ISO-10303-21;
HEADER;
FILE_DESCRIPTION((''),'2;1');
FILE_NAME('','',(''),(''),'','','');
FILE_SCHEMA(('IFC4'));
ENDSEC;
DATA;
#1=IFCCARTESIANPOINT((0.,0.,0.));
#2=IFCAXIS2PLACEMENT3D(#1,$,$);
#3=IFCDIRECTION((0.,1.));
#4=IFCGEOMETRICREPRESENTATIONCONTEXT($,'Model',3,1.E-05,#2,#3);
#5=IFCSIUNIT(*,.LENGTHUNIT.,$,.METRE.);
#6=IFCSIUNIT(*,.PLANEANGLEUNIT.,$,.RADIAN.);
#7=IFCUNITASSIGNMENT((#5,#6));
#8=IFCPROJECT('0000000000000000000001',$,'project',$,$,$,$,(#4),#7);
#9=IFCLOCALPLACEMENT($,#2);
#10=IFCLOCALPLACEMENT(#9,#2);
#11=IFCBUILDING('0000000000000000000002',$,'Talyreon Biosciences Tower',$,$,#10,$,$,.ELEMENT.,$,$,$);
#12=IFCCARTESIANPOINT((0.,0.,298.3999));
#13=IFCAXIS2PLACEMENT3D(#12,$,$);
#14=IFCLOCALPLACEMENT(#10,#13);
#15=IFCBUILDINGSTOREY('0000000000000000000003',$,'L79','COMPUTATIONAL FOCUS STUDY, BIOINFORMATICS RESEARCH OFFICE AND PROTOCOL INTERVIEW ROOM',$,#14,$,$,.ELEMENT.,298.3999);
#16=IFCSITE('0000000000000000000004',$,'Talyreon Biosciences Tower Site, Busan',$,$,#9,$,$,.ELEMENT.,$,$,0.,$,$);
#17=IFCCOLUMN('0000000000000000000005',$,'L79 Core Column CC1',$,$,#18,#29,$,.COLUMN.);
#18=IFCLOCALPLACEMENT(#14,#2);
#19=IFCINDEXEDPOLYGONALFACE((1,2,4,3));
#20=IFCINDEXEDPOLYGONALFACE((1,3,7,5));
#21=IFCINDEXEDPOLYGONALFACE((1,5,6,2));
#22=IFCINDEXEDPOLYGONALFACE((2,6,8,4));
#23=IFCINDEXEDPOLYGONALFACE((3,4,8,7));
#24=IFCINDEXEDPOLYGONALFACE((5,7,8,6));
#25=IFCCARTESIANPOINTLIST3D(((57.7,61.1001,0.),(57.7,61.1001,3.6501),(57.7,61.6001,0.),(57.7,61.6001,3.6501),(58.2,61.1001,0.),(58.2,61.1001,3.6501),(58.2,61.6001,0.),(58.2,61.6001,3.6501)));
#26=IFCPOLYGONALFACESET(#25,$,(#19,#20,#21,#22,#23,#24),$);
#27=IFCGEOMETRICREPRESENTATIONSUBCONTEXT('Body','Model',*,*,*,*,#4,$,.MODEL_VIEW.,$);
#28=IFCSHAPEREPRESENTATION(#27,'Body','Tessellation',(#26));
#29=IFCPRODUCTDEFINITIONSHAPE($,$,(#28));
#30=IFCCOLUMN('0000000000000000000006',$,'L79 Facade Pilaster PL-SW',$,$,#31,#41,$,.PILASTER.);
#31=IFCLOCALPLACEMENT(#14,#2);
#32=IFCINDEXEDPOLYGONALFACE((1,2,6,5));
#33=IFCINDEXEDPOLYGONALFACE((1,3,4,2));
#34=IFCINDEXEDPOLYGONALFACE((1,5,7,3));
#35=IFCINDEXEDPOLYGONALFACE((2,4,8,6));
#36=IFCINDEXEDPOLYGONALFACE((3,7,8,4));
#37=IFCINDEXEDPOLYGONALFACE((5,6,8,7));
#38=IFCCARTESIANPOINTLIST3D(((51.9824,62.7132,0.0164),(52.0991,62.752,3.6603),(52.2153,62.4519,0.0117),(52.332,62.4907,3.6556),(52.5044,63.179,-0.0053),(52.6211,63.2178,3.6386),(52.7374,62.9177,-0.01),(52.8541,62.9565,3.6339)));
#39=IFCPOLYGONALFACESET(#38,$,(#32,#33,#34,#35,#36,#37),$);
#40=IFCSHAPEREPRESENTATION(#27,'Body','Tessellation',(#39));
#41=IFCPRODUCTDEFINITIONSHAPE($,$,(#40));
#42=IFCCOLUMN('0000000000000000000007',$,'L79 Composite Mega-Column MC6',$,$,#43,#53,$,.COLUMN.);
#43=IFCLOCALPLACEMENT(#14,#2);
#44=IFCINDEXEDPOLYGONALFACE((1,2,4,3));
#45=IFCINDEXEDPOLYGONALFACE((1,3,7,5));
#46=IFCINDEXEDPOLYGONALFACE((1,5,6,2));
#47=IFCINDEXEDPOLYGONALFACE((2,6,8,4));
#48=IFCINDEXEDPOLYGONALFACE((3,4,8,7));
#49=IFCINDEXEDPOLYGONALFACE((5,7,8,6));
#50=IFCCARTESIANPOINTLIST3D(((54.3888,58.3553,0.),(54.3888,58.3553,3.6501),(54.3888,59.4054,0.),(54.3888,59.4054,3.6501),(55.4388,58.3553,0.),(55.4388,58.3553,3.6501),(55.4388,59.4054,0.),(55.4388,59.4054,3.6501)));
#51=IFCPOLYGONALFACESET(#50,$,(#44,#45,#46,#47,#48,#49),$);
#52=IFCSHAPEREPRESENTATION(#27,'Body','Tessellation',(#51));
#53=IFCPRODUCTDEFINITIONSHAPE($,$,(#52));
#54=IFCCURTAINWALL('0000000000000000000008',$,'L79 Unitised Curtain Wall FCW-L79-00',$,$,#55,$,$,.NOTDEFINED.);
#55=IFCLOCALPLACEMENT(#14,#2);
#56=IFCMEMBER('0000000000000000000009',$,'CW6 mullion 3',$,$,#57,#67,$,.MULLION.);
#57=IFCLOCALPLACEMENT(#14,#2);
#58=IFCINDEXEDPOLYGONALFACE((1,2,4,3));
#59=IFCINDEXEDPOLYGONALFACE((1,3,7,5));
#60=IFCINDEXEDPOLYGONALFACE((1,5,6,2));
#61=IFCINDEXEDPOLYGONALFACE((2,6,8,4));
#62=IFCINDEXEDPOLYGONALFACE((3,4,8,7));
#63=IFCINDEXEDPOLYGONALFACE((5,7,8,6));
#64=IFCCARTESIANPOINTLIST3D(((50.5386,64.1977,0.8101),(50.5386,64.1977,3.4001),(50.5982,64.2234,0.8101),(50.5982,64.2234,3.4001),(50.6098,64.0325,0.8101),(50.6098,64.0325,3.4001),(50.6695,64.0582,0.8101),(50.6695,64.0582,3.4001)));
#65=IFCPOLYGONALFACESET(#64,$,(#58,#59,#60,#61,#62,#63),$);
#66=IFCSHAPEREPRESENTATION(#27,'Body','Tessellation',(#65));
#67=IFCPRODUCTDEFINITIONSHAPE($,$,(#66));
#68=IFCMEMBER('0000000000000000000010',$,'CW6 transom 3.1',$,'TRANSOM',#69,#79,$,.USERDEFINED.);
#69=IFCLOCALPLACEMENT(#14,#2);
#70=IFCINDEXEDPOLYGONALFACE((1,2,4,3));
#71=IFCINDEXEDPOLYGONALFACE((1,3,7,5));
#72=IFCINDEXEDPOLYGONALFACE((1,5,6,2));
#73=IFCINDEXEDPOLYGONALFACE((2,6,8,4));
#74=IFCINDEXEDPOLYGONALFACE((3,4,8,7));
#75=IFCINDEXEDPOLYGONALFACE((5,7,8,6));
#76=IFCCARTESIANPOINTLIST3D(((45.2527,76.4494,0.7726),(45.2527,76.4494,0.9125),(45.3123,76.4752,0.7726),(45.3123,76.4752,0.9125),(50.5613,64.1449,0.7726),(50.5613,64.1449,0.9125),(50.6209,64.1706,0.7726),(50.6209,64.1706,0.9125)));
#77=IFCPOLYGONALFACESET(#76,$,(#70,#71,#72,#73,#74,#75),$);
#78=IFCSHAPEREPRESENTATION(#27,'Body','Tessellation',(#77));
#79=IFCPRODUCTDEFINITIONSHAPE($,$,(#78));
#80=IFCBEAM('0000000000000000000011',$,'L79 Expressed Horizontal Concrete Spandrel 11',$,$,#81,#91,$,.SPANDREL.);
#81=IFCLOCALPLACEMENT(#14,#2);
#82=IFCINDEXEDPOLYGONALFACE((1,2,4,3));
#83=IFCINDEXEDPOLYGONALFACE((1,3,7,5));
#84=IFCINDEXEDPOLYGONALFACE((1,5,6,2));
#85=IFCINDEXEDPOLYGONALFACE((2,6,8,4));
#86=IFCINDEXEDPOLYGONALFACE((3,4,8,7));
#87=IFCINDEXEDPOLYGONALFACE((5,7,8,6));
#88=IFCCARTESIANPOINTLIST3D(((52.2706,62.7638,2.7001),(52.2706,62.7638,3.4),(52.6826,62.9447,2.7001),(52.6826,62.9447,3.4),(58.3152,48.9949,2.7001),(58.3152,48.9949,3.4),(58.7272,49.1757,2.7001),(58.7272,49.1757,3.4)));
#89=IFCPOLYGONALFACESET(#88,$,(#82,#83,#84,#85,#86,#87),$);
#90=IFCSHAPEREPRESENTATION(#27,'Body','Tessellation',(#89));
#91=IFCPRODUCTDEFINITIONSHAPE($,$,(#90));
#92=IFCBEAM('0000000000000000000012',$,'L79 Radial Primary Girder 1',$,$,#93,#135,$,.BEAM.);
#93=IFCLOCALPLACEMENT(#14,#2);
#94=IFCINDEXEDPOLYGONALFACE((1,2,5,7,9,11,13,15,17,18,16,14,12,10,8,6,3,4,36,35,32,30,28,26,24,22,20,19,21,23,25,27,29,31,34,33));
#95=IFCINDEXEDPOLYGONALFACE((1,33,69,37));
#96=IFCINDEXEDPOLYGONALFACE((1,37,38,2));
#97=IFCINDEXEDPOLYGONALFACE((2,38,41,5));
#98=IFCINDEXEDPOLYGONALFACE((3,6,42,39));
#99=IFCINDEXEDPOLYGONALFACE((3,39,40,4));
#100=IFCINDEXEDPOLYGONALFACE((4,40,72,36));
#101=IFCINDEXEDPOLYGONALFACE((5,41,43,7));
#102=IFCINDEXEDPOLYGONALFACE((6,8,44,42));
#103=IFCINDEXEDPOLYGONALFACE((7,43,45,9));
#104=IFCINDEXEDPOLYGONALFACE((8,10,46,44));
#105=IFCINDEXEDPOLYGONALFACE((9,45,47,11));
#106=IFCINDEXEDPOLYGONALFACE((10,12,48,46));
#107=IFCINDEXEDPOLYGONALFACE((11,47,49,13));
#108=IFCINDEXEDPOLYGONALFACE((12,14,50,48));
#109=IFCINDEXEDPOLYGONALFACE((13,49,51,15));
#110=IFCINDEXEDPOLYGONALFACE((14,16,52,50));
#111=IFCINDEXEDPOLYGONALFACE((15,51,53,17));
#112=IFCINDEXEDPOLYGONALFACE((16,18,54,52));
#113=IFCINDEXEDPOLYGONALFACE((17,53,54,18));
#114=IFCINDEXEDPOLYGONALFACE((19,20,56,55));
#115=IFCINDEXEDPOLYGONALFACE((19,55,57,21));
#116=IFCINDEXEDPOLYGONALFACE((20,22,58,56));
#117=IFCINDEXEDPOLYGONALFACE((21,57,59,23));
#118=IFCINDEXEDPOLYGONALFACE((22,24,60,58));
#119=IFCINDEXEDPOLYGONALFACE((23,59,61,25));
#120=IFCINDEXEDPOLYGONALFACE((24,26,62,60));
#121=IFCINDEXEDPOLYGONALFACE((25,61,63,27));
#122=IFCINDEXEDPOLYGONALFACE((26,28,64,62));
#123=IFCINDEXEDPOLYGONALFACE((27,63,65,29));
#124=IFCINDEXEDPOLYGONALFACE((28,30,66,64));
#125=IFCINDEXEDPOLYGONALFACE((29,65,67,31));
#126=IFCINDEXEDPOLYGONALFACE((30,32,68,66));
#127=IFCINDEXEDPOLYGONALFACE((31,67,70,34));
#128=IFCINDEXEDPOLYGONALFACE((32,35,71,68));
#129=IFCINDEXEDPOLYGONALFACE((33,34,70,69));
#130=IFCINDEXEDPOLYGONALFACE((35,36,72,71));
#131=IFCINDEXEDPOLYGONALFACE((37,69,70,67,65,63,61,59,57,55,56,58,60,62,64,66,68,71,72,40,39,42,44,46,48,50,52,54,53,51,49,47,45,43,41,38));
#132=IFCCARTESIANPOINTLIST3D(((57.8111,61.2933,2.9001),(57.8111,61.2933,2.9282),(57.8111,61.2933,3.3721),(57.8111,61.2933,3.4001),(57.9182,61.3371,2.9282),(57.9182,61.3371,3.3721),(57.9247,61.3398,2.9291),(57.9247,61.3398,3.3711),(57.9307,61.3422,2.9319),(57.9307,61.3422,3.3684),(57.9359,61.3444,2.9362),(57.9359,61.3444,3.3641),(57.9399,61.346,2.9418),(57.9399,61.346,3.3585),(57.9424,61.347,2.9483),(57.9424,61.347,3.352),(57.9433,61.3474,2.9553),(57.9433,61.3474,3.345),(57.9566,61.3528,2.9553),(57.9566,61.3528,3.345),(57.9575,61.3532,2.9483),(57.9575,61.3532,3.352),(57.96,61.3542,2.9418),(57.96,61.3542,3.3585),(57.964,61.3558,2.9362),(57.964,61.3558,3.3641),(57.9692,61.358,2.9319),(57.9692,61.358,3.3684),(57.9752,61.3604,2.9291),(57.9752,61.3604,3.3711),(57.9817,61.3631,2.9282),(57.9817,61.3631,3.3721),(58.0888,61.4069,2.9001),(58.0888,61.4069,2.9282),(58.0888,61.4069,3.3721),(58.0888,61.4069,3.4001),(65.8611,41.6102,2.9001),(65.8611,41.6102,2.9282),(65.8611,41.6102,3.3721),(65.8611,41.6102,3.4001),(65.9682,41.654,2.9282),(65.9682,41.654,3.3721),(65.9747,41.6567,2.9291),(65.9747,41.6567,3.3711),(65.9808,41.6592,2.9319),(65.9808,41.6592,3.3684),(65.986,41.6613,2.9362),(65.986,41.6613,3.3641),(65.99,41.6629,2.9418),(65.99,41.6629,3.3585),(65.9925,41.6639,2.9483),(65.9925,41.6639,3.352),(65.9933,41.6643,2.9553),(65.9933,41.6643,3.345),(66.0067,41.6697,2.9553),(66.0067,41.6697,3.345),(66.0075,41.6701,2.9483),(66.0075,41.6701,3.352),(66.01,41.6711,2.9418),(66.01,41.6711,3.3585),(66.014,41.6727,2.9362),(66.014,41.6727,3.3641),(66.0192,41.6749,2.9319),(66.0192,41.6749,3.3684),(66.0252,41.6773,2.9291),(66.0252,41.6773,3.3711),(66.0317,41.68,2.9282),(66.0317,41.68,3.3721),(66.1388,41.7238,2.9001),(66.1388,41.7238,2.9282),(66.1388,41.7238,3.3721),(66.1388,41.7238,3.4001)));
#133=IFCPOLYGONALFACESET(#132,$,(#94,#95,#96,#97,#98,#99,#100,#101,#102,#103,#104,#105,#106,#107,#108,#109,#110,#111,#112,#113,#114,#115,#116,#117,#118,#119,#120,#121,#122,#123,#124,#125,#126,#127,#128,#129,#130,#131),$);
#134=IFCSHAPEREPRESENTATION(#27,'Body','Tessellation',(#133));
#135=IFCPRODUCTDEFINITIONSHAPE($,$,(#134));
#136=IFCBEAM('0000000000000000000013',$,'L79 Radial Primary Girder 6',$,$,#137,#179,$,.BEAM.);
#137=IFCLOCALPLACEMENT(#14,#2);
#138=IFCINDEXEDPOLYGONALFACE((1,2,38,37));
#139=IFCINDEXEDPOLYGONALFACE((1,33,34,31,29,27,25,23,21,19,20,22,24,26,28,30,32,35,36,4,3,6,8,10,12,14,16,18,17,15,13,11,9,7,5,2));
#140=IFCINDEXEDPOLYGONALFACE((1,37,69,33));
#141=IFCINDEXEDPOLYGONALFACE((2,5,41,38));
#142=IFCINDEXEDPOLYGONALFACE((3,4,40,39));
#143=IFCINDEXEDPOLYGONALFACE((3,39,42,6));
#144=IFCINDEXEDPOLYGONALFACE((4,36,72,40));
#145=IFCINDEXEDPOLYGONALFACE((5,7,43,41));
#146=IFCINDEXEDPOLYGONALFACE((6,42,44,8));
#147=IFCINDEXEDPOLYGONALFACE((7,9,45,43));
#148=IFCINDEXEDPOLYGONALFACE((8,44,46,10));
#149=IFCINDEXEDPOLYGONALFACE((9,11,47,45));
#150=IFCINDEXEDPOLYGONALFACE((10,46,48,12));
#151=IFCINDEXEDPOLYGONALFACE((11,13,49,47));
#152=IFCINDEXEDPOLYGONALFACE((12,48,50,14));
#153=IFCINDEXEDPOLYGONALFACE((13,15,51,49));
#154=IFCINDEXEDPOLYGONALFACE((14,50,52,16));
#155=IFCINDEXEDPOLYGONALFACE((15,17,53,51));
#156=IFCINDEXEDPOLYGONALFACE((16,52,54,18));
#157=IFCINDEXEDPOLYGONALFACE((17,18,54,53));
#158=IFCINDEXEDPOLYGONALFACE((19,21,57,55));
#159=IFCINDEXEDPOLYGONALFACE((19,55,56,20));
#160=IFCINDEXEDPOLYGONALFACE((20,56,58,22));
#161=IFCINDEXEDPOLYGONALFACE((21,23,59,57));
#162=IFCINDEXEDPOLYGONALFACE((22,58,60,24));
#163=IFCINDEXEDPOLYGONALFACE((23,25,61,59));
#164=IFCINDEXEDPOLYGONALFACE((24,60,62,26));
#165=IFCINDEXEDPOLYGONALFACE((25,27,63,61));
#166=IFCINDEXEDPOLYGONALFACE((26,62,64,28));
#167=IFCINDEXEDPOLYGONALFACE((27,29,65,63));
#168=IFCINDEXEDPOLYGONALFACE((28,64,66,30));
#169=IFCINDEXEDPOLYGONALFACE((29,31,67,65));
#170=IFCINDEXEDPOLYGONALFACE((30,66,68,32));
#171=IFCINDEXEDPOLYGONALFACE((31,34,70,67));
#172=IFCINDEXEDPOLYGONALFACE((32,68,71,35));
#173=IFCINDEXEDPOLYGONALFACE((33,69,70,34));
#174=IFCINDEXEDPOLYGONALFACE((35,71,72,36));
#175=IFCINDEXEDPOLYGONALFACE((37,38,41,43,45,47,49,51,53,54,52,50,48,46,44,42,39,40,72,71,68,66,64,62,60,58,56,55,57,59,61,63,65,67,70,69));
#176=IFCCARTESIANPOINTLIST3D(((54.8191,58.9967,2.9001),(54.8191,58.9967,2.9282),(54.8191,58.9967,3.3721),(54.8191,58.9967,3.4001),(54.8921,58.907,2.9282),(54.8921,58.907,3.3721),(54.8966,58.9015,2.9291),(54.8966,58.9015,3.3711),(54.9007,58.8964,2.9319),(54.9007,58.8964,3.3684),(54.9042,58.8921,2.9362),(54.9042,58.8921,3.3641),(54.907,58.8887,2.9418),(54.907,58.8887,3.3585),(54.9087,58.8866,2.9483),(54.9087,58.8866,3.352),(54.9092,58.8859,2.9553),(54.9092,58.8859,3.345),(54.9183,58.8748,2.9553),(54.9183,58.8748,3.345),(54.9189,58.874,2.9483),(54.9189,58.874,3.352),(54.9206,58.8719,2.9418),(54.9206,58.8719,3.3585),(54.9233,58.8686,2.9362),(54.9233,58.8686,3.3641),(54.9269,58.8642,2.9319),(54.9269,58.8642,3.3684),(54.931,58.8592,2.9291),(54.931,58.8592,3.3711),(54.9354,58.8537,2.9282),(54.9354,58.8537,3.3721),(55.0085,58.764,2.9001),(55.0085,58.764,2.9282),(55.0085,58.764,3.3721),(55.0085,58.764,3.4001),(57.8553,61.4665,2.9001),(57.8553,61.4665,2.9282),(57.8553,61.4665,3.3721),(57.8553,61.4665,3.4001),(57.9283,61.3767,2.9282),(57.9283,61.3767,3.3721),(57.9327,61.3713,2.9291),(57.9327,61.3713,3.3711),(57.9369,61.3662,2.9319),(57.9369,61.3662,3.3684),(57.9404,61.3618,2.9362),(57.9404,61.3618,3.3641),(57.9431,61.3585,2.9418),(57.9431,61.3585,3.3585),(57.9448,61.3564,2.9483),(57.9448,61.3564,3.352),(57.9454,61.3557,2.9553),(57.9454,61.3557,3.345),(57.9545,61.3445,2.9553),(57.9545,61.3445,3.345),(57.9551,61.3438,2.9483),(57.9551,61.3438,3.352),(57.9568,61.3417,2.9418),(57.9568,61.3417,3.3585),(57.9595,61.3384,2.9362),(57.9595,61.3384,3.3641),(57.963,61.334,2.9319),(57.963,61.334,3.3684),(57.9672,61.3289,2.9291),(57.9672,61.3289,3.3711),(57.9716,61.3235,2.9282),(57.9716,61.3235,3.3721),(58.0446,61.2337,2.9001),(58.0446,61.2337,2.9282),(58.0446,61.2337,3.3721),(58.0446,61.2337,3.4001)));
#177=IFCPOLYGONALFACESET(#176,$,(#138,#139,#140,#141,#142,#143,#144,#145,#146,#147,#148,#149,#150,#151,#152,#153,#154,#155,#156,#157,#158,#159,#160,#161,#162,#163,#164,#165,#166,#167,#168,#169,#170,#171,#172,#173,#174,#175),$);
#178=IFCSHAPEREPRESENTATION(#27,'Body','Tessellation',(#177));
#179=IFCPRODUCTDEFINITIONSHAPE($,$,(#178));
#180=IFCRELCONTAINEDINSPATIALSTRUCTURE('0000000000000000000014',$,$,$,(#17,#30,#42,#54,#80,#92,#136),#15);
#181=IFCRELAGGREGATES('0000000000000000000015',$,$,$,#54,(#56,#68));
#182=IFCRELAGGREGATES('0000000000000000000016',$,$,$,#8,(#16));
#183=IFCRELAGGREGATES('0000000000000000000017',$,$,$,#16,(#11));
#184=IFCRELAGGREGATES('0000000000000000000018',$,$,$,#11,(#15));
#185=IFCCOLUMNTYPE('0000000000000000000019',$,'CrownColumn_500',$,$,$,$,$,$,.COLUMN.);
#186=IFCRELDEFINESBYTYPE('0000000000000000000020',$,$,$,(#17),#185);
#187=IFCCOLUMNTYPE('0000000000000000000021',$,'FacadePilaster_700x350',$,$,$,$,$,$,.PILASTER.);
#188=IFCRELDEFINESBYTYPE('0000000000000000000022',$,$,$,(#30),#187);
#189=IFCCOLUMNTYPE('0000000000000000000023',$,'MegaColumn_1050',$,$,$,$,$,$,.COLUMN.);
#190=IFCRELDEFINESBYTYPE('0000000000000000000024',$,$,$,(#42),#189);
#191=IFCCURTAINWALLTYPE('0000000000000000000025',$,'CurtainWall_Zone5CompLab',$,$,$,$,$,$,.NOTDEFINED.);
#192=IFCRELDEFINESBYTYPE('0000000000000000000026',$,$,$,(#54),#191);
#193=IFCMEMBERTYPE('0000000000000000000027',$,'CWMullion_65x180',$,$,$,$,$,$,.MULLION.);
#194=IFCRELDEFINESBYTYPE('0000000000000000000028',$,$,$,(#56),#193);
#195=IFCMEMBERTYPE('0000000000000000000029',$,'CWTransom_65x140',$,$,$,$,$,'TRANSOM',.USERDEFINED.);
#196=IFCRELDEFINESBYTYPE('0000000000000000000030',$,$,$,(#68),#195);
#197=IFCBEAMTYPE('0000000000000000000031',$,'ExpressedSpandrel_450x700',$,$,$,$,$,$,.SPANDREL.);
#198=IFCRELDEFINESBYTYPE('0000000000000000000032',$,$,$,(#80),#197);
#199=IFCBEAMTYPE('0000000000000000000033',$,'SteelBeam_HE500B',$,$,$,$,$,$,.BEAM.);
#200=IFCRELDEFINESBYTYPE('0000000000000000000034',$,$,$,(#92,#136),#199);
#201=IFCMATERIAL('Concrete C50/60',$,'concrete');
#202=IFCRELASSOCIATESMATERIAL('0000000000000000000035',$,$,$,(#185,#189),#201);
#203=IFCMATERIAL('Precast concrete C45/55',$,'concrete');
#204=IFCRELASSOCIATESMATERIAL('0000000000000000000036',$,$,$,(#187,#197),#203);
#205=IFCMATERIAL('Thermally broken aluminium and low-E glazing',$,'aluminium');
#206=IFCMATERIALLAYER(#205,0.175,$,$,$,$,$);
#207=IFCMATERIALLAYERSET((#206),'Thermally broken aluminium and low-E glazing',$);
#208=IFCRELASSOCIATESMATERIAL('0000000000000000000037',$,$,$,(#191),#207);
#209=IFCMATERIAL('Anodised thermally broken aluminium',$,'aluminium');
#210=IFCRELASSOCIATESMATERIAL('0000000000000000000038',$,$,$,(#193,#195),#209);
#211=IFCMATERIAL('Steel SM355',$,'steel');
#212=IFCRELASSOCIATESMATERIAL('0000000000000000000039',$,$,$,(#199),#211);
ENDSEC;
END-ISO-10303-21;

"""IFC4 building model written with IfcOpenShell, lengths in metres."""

from ifc_helpers import new_model, si_unit, direction, frame, origin, origin_2d, place, context, subcontext, project, spatial, rectangle, i_section, extrude, material, layer, layer_set, material_profile, profile_set, type_object, element, aggregate, save


model = new_model("IFC4")

# Units and contexts
model_context = context("Model", 3, precision=1e-05, world=origin(), true_north=direction((0.0, 1.0)))
body_context = subcontext(model_context, "Body", "Model", "MODEL_VIEW")
ifc_project = project(units=[si_unit("LENGTHUNIT", "METRE"), si_unit("PLANEANGLEUNIT", "RADIAN")], contexts=[model_context])

# Site, building, storey
site_placement = place(None, origin())
site = spatial("IfcSite", under=ifc_project, at=site_placement, Name="Talyreon Biosciences Tower Site, Busan", CompositionType="ELEMENT", RefElevation=0.0)
building_placement = place(site_placement, origin())
building = spatial("IfcBuilding", under=site, at=building_placement, Name="Talyreon Biosciences Tower", CompositionType="ELEMENT")
storey_placement = place(building_placement, frame((0.0, 0.0, 298.3999)))
storey = spatial("IfcBuildingStorey", under=building, at=storey_placement, Name="L79", Description="COMPUTATIONAL FOCUS STUDY, BIOINFORMATICS RESEARCH OFFICE AND PROTOCOL INTERVIEW ROOM", CompositionType="ELEMENT", Elevation=298.3999)

# Columns
ifc_material_1 = material(Name="Concrete C50/60", Category="concrete")
ifc_material_profile_1 = material_profile(ifc_material_1, rectangle(XDim=0.5, YDim=0.5, at=origin_2d()), Name="RC 500x500")
ifc_profile_set_1 = profile_set([ifc_material_profile_1], Name="Concrete C50/60")
column_type_1 = type_object("IfcColumnType", Name="CrownColumn_500", PredefinedType="COLUMN", material=ifc_profile_set_1)
column_1_placement = place(storey_placement, frame((57.95, 61.3501, 0.0), z_axis=(0.0, 0.0, 1.0), x_axis=(1.0, 0.0, 0.0)))
element("IfcColumn", 1, at=column_1_placement, inside=storey, type_object=column_type_1, Name="L79 Core Column CC1", PredefinedType="COLUMN", context=body_context, shape_type="SweptSolid", body=[
    extrude(rectangle(XDim=0.5, YDim=0.5, at=origin_2d()), origin(), (0.0, 0.0, 1.0), 3.6501),
])
ifc_material_2 = material(Name="Precast concrete C45/55", Category="concrete")
ifc_material_profile_2 = material_profile(ifc_material_2, rectangle(XDim=0.7, YDim=0.3501, at=origin_2d()), Name="RC 700x350")
ifc_profile_set_2 = profile_set([ifc_material_profile_2], Name="Precast concrete C45/55")
column_type_2 = type_object("IfcColumnType", Name="FacadePilaster_700x350", PredefinedType="PILASTER", material=ifc_profile_set_2)
column_2_placement = place(storey_placement, frame((52.3599, 62.8154, 0.0032), z_axis=(0.032006, 0.010646, 0.999431), x_axis=(0.745817, 0.66543, -0.030973)))
element("IfcColumn", 2, at=column_2_placement, inside=storey, type_object=column_type_2, Name="L79 Facade Pilaster PL-SW", PredefinedType="PILASTER", context=body_context, shape_type="SweptSolid", body=[
    extrude(rectangle(XDim=0.7, YDim=0.3501, at=origin_2d()), origin(), (0.0, 0.0, 1.0), 3.646),
])
ifc_material_profile_3 = material_profile(ifc_material_1, rectangle(XDim=1.05, YDim=1.05, at=origin_2d()), Name="RC 1050x1050")
ifc_profile_set_3 = profile_set([ifc_material_profile_3], Name="Concrete C50/60")
column_type_3 = type_object("IfcColumnType", Name="MegaColumn_1050", PredefinedType="COLUMN", material=ifc_profile_set_3)
column_3_placement = place(storey_placement, frame((54.9138, 58.8804, 0.0), z_axis=(0.0, 0.0, 1.0), x_axis=(1.0, 0.0, 0.0)))
element("IfcColumn", 3, at=column_3_placement, inside=storey, type_object=column_type_3, Name="L79 Composite Mega-Column MC6", PredefinedType="COLUMN", context=body_context, shape_type="SweptSolid", body=[
    extrude(rectangle(XDim=1.05, YDim=1.05, at=origin_2d()), origin(), (0.0, 0.0, 1.0), 3.6501),
])

# Curtain wall, members
ifc_material_3 = material(Name="Thermally broken aluminium and low-E glazing", Category="aluminium")
ifc_layer_1 = layer(ifc_material_3, 0.175)
ifc_layer_set_1 = layer_set([ifc_layer_1], Name="Thermally broken aluminium and low-E glazing")
curtain_wall_type = type_object("IfcCurtainWallType", Name="CurtainWall_Zone5CompLab", PredefinedType="NOTDEFINED", material=ifc_layer_set_1)
curtain_wall_placement = place(storey_placement, origin())
curtain_wall = element("IfcCurtainWall", 4, at=curtain_wall_placement, inside=storey, type_object=curtain_wall_type, Name="L79 Unitised Curtain Wall FCW-L79-00", PredefinedType="NOTDEFINED")
ifc_material_4 = material(Name="Anodised thermally broken aluminium", Category="aluminium")
ifc_material_profile_4 = material_profile(ifc_material_4, rectangle(XDim=0.0649, YDim=0.1799, at=origin_2d()), Name="ALUM MULLION 65x180")
ifc_profile_set_4 = profile_set([ifc_material_profile_4], Name="Anodised thermally broken aluminium")
member_type_1 = type_object("IfcMemberType", Name="CWMullion_65x180", PredefinedType="MULLION", material=ifc_profile_set_4)
member_1_placement = place(storey_placement, frame((50.604, 64.1279, 0.8101), z_axis=(0.0, 0.0, 1.0), x_axis=(-0.918187, -0.396147, 0.0)))
member_1 = element("IfcMember", 5, at=member_1_placement, type_object=member_type_1, Name="CW6 mullion 3", PredefinedType="MULLION", context=body_context, shape_type="SweptSolid", body=[
    extrude(rectangle(XDim=0.0649, YDim=0.1799, at=origin_2d()), origin(), (0.0, 0.0, 1.0), 2.5901),
])
ifc_material_profile_5 = material_profile(ifc_material_4, rectangle(XDim=0.0649, YDim=0.1399, at=origin_2d()), Name="ALUM TRANSOM 65x140")
ifc_profile_set_5 = profile_set([ifc_material_profile_5], Name="Anodised thermally broken aluminium")
member_type_2 = type_object("IfcMemberType", Name="CWTransom_65x140", ElementType="TRANSOM", PredefinedType="USERDEFINED", material=ifc_profile_set_5)
member_2_placement = place(storey_placement, frame((50.5911, 64.1577, 0.8425), z_axis=(-0.396134, 0.918193, 0.0), x_axis=(-0.918193, -0.396134, 0.0)))
member_2 = element("IfcMember", 6, at=member_2_placement, type_object=member_type_2, Name="CW6 transom 3.1", ObjectType="TRANSOM", PredefinedType="USERDEFINED", context=body_context, shape_type="SweptSolid", body=[
    extrude(rectangle(XDim=0.0649, YDim=0.1399, at=origin_2d()), origin(), (0.0, 0.0, 1.0), 13.4009),
])

# Beams
ifc_material_profile_6 = material_profile(ifc_material_2, rectangle(XDim=0.45, YDim=0.7, at=origin_2d()), Name="RCB 450x700")
ifc_profile_set_6 = profile_set([ifc_material_profile_6], Name="Precast concrete C45/55")
beam_type_1 = type_object("IfcBeamType", Name="ExpressedSpandrel_450x700", PredefinedType="SPANDREL", material=ifc_profile_set_6)
beam_1_placement = place(storey_placement, frame((52.4766, 62.8542, 3.05), z_axis=(0.401975, -0.915651, 0.0), x_axis=(0.915651, 0.401975, 0.0)))
element("IfcBeam", 7, at=beam_1_placement, inside=storey, type_object=beam_type_1, Name="L79 Expressed Horizontal Concrete Spandrel 11", PredefinedType="SPANDREL", context=body_context, shape_type="SweptSolid", body=[
    extrude(rectangle(XDim=0.45, YDim=0.7, at=origin_2d()), origin(), (0.0, 0.0, 1.0), 15.0374),
])
ifc_material_5 = material(Name="Steel SM355", Category="steel")
ifc_material_profile_7 = material_profile(ifc_material_5, i_section(OverallWidth=0.3, OverallDepth=0.5, WebThickness=0.0144, FlangeThickness=0.0281, FilletRadius=0.0271, at=origin_2d()), Name="HE500B")
ifc_profile_set_7 = profile_set([ifc_material_profile_7], Name="Steel SM355")
beam_type_2 = type_object("IfcBeamType", Name="SteelBeam_HE500B", PredefinedType="BEAM", material=ifc_profile_set_7)
beam_2_placement = place(storey_placement, frame((57.95, 61.3501, 3.1501), z_axis=(0.378547, -0.925582, 0.0), x_axis=(0.925582, 0.378547, 0.0)))
element("IfcBeam", 8, at=beam_2_placement, inside=storey, type_object=beam_type_2, Name="L79 Radial Primary Girder 1", PredefinedType="BEAM", context=body_context, shape_type="SweptSolid", body=[
    extrude(i_section(OverallWidth=0.3, OverallDepth=0.5, WebThickness=0.0144, FlangeThickness=0.0281, FilletRadius=0.0271, at=origin_2d()), origin(), (0.0, 0.0, 1.0), 21.2656),
])
beam_3_placement = place(storey_placement, frame((57.95, 61.3501, 3.1501), z_axis=(-0.775755, -0.631034, 0.0), x_axis=(0.631034, -0.775755, 0.0)))
element("IfcBeam", 9, at=beam_3_placement, inside=storey, type_object=beam_type_2, Name="L79 Radial Primary Girder 6", PredefinedType="BEAM", context=body_context, shape_type="SweptSolid", body=[
    extrude(i_section(OverallWidth=0.3, OverallDepth=0.5, WebThickness=0.0144, FlangeThickness=0.0281, FilletRadius=0.0271, at=origin_2d()), origin(), (0.0, 0.0, 1.0), 3.9138),
])

aggregate(curtain_wall, [member_1, member_2])

save(model, "model.ifc")
